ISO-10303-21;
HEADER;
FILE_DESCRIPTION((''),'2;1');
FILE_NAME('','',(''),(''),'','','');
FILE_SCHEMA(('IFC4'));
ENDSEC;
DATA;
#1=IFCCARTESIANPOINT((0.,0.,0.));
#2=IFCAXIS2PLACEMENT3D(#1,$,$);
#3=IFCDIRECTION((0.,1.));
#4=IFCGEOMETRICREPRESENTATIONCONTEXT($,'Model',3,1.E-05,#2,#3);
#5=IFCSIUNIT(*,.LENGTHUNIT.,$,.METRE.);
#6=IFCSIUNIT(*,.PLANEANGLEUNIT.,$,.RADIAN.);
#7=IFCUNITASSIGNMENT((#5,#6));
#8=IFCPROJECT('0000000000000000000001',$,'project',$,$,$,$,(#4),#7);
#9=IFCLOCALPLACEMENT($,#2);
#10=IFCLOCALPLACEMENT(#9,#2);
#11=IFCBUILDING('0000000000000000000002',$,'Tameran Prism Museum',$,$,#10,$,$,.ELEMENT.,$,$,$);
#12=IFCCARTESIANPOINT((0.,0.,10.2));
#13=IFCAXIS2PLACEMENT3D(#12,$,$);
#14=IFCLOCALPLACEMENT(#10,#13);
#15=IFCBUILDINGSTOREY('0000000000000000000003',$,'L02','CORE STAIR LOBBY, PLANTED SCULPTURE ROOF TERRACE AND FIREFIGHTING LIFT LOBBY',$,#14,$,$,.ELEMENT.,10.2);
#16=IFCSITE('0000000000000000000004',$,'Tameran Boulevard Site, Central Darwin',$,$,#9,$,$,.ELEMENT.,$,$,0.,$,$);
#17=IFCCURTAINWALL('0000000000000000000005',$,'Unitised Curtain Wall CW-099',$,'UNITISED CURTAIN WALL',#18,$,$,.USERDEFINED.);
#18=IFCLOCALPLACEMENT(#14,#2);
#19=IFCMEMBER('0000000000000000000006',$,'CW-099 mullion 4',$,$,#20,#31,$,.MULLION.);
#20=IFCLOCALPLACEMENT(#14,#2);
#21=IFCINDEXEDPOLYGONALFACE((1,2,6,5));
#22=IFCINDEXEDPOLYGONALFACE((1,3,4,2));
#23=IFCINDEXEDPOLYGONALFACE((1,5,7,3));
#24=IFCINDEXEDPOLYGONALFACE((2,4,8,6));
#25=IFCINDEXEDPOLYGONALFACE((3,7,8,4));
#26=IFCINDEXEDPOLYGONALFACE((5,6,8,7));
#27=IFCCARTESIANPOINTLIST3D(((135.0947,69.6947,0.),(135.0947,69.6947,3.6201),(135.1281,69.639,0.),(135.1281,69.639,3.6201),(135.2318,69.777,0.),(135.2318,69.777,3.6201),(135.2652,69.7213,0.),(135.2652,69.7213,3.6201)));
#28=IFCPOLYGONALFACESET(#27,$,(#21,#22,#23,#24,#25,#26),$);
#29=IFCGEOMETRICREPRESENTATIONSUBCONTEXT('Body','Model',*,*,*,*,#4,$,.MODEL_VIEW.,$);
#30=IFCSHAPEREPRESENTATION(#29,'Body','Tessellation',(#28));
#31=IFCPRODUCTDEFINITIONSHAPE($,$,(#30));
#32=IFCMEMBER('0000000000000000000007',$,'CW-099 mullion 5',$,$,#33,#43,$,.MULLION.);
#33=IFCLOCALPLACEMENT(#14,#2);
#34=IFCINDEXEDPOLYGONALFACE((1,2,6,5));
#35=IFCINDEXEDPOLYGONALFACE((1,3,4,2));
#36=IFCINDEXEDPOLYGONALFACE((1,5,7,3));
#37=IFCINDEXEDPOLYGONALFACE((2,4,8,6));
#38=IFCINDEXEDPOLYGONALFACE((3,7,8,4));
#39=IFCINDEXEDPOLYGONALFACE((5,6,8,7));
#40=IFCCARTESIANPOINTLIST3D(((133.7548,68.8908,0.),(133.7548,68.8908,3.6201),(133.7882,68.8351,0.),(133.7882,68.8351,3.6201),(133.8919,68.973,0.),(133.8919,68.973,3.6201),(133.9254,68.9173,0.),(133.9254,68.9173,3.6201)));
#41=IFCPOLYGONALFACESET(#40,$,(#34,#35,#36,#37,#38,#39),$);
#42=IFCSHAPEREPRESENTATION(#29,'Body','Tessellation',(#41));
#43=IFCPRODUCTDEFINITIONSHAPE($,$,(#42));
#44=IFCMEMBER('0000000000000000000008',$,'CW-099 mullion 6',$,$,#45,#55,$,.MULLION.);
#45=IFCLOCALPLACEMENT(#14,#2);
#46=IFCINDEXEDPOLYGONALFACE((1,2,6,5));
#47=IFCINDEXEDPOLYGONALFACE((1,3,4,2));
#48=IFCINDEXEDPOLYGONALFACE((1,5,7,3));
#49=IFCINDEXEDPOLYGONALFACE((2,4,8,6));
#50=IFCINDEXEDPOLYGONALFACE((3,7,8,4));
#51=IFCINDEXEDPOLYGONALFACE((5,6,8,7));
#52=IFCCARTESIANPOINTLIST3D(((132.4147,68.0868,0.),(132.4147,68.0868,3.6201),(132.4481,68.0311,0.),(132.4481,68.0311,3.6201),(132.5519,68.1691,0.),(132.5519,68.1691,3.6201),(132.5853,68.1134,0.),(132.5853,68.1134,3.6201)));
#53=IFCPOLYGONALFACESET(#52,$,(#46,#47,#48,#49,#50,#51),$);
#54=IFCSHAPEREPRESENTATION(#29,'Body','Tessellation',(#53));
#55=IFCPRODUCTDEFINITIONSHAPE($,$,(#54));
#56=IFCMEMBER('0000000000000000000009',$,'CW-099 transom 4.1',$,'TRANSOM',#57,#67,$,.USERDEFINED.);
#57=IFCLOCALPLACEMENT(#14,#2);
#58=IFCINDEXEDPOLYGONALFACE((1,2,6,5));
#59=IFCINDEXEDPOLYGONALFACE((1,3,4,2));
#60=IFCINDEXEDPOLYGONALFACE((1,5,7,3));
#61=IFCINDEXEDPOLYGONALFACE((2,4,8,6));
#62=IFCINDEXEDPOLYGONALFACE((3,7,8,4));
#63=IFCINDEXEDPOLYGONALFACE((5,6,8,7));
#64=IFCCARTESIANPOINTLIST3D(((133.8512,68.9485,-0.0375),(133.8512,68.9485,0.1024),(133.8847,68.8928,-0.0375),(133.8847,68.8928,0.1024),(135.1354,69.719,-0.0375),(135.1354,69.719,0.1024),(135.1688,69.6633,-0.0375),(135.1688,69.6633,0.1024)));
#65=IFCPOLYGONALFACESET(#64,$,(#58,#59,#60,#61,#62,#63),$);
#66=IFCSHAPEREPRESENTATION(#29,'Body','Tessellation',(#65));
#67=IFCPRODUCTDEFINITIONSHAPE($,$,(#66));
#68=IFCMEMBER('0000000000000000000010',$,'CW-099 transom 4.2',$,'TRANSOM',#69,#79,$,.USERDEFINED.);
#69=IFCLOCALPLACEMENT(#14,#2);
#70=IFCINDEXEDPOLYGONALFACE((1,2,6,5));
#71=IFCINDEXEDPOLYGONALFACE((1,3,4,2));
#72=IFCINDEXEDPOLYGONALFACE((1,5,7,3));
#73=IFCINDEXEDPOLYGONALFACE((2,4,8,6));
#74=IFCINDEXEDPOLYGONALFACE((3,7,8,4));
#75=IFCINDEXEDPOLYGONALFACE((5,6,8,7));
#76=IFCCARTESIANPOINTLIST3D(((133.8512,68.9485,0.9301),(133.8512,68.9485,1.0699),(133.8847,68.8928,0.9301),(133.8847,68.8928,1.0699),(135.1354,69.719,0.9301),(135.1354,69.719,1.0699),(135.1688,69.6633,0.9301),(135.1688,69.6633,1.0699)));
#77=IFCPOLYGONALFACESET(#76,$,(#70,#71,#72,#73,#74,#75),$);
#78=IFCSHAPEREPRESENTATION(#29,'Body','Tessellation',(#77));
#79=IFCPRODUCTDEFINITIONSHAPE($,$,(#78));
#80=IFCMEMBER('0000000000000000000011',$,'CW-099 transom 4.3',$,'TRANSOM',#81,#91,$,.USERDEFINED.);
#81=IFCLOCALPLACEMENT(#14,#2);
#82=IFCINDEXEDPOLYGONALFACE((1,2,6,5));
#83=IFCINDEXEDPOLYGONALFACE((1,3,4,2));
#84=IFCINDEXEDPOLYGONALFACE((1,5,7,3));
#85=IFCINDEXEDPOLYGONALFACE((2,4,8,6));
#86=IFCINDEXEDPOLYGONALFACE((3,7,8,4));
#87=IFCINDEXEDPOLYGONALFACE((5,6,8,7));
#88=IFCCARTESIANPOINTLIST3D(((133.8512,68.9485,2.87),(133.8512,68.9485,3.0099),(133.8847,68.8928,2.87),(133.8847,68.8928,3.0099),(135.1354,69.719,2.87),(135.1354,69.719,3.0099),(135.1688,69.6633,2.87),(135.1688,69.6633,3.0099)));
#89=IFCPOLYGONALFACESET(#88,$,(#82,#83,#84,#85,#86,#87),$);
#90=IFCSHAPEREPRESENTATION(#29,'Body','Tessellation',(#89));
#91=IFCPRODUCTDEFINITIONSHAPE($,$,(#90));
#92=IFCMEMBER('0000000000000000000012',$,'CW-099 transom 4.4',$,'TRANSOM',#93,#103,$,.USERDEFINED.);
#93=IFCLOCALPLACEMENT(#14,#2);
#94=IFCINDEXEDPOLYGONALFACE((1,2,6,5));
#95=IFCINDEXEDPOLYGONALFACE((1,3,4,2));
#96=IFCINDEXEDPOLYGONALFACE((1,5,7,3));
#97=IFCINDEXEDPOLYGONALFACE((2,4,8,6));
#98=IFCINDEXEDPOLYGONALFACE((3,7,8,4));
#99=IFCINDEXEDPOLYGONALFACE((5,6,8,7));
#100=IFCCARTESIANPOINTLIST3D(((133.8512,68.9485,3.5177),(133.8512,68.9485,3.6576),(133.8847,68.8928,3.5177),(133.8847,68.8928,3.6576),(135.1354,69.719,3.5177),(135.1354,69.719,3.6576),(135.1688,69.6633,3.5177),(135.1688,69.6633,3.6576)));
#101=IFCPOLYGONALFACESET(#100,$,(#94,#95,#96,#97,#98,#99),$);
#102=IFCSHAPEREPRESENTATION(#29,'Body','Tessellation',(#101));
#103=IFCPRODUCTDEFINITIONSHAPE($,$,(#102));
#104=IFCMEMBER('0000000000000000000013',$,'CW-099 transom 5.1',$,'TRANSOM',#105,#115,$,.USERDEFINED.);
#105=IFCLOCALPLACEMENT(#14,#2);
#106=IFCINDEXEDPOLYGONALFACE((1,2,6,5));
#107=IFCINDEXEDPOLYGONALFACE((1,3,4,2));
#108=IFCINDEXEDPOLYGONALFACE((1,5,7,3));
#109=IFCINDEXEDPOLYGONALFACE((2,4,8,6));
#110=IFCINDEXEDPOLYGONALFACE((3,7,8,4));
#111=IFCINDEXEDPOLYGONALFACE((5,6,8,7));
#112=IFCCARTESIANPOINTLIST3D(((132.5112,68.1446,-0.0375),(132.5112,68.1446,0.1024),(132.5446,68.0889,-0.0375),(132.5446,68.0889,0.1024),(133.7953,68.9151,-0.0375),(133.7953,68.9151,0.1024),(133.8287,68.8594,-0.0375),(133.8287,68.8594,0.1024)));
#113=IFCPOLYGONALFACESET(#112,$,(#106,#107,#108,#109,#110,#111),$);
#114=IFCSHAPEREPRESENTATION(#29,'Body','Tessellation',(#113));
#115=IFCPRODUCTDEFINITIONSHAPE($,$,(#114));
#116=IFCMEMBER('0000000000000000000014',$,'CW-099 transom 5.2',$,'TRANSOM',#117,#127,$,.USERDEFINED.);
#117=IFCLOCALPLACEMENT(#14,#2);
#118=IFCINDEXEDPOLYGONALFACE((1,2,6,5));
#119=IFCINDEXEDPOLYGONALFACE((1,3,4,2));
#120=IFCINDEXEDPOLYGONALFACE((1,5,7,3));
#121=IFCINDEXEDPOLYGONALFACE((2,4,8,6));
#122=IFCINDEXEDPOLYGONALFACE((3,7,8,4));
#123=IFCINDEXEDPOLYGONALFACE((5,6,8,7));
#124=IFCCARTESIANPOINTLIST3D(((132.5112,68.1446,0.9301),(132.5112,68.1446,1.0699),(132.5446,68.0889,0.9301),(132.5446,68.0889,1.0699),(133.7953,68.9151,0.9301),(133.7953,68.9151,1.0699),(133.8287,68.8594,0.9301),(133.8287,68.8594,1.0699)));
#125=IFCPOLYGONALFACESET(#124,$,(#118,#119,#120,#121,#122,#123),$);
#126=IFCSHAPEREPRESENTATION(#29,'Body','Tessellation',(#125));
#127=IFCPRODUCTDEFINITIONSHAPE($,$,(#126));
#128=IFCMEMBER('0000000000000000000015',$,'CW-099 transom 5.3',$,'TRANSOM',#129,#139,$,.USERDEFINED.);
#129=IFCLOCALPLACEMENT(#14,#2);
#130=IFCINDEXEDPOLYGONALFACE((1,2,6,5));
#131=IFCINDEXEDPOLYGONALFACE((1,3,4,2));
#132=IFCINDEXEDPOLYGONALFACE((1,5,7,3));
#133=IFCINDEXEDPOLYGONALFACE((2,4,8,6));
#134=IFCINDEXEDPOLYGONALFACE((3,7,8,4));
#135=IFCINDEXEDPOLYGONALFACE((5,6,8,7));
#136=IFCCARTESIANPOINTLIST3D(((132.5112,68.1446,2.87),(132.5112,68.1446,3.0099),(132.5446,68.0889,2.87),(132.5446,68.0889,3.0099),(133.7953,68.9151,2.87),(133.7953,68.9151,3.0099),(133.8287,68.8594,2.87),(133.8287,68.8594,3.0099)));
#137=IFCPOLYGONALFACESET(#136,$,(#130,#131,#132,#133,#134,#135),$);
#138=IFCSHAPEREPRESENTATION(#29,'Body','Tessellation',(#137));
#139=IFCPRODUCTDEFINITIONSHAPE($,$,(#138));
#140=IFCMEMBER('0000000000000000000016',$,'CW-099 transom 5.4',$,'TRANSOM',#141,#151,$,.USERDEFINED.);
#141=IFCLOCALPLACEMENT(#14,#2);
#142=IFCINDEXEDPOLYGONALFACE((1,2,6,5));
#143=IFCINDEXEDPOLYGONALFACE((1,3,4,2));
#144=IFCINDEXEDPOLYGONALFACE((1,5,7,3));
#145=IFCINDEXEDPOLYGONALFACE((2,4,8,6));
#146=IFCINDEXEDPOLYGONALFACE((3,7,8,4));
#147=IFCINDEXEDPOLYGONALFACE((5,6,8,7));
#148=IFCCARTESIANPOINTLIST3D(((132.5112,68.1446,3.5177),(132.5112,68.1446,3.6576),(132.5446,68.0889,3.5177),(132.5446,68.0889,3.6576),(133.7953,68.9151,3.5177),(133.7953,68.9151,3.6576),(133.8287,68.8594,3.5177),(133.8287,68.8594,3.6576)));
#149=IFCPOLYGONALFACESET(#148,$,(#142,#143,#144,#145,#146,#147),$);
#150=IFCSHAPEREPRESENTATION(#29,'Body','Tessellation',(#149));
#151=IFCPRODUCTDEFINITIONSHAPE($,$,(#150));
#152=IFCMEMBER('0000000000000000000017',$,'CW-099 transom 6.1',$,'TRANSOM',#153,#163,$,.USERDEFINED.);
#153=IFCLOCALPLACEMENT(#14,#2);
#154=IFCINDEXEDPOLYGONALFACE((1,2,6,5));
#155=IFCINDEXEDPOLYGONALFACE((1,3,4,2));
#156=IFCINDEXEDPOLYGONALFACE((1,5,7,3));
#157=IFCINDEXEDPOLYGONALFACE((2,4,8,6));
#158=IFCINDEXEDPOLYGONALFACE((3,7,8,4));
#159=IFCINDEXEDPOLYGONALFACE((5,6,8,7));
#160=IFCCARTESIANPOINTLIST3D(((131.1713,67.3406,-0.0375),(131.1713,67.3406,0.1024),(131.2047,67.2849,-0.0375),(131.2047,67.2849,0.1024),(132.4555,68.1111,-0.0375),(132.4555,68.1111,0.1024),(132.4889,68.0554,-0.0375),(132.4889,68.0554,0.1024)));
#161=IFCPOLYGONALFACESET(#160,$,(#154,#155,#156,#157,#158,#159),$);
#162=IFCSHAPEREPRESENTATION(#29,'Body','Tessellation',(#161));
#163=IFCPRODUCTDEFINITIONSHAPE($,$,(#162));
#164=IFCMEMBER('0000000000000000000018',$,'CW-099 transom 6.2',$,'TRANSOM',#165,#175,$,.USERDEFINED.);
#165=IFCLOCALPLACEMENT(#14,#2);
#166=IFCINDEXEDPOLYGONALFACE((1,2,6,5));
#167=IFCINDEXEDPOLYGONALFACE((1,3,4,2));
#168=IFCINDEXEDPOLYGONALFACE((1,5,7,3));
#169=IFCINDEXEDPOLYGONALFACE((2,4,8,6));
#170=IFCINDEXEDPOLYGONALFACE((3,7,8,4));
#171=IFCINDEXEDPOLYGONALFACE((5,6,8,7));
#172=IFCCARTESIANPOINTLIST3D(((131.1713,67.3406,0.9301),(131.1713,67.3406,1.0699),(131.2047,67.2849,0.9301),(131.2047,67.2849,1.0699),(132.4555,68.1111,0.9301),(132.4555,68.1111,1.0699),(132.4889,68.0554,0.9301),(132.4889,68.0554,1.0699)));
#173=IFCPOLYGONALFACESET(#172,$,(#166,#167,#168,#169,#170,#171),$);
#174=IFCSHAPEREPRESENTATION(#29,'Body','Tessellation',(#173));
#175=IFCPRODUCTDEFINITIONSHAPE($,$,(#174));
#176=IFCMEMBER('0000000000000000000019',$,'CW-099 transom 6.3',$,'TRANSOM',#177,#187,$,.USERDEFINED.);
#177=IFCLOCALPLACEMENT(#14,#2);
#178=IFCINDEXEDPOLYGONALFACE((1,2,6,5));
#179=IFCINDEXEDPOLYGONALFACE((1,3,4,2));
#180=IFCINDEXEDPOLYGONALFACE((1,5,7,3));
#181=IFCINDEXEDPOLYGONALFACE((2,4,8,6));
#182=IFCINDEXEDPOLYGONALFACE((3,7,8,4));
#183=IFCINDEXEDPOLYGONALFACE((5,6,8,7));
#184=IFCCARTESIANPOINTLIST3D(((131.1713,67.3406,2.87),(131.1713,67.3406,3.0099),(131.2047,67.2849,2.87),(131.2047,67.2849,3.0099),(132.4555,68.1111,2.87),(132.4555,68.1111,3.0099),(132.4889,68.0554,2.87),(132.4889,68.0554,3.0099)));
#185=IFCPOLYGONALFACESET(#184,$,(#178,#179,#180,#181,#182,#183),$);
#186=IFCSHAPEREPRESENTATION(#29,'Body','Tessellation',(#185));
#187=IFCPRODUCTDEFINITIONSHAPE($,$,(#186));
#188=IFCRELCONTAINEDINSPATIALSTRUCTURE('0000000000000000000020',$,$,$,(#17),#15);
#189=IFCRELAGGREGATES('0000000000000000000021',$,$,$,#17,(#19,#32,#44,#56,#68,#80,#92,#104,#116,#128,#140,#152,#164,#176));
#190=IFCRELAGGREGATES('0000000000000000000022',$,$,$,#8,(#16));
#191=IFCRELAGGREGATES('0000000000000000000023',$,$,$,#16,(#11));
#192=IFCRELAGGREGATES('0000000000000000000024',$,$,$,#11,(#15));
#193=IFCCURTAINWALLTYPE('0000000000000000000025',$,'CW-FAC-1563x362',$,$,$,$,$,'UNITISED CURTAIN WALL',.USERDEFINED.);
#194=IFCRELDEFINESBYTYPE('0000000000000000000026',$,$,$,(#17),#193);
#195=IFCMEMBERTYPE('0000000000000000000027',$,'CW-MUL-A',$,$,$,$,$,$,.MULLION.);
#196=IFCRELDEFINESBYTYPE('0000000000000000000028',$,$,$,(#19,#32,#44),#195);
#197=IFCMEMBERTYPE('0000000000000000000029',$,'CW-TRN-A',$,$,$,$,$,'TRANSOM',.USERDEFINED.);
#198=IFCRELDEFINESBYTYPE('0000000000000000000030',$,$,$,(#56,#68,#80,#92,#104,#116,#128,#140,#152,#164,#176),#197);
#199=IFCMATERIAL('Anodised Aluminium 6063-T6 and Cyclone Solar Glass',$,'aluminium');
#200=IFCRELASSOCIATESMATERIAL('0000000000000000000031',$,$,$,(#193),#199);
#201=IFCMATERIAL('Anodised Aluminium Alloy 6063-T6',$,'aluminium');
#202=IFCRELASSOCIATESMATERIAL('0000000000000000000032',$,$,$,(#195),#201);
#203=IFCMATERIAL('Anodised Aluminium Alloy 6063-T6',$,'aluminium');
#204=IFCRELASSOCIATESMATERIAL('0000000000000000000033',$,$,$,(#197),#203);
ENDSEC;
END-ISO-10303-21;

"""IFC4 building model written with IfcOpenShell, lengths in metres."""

from ifc_helpers import new_model, si_unit, direction, frame, origin, origin_2d, place, context, subcontext, project, spatial, rectangle, extrude, material, material_profile, profile_set, type_object, element, aggregate, save


model = new_model("IFC4")

# Units and contexts
model_context = context("Model", 3, precision=1e-05, world=origin(), true_north=direction((0.0, 1.0)))
body_context = subcontext(model_context, "Body", "Model", "MODEL_VIEW")
ifc_project = project(units=[si_unit("LENGTHUNIT", "METRE"), si_unit("PLANEANGLEUNIT", "RADIAN")], contexts=[model_context])

# Site, building, storey
site_placement = place(None, origin())
site = spatial("IfcSite", under=ifc_project, at=site_placement, Name="Tameran Boulevard Site, Central Darwin", CompositionType="ELEMENT", RefElevation=0.0)
building_placement = place(site_placement, origin())
building = spatial("IfcBuilding", under=site, at=building_placement, Name="Tameran Prism Museum", CompositionType="ELEMENT")
storey_placement = place(building_placement, frame((0.0, 0.0, 10.2)))
storey = spatial("IfcBuildingStorey", under=building, at=storey_placement, Name="L02", Description="CORE STAIR LOBBY, PLANTED SCULPTURE ROOF TERRACE AND FIREFIGHTING LIFT LOBBY", CompositionType="ELEMENT", Elevation=10.2)

# Curtain wall, members
ifc_material_1 = material(Name="Anodised Aluminium 6063-T6 and Cyclone Solar Glass", Category="aluminium")
curtain_wall_type = type_object("IfcCurtainWallType", Name="CW-FAC-1563x362", ElementType="UNITISED CURTAIN WALL", PredefinedType="USERDEFINED", material=ifc_material_1)
curtain_wall_placement = place(storey_placement, origin())
curtain_wall = element("IfcCurtainWall", 1, at=curtain_wall_placement, inside=storey, type_object=curtain_wall_type, Name="Unitised Curtain Wall CW-099", ObjectType="UNITISED CURTAIN WALL", PredefinedType="USERDEFINED")
ifc_material_2 = material(Name="Anodised Aluminium Alloy 6063-T6", Category="aluminium")
ifc_material_profile_1 = material_profile(ifc_material_2, rectangle(XDim=0.0649, YDim=0.1599, at=origin_2d()))
ifc_profile_set_1 = profile_set([ifc_material_profile_1])
member_type_1 = type_object("IfcMemberType", Name="CW-MUL-A", PredefinedType="MULLION", material=ifc_profile_set_1)
member_1_placement = place(storey_placement, frame((135.1799, 69.708, 0.0), z_axis=(0.0, 0.0, 1.0), x_axis=(0.514496, -0.857493, 0.0)))
member_1 = element("IfcMember", 2, at=member_1_placement, type_object=member_type_1, Name="CW-099 mullion 4", PredefinedType="MULLION", context=body_context, shape_type="SweptSolid", body=[
    extrude(rectangle(XDim=0.0649, YDim=0.1599, at=origin_2d()), origin(), (0.0, 0.0, 1.0), 3.6201),
])
member_2_placement = place(storey_placement, frame((133.8401, 68.9041, 0.0), z_axis=(0.0, 0.0, 1.0), x_axis=(0.514496, -0.857493, 0.0)))
member_2 = element("IfcMember", 3, at=member_2_placement, type_object=member_type_1, Name="CW-099 mullion 5", PredefinedType="MULLION", context=body_context, shape_type="SweptSolid", body=[
    extrude(rectangle(XDim=0.0649, YDim=0.1599, at=origin_2d()), origin(), (0.0, 0.0, 1.0), 3.6201),
])
member_3_placement = place(storey_placement, frame((132.5, 68.1001, 0.0), z_axis=(0.0, 0.0, 1.0), x_axis=(0.514496, -0.857493, 0.0)))
member_3 = element("IfcMember", 4, at=member_3_placement, type_object=member_type_1, Name="CW-099 mullion 6", PredefinedType="MULLION", context=body_context, shape_type="SweptSolid", body=[
    extrude(rectangle(XDim=0.0649, YDim=0.1599, at=origin_2d()), origin(), (0.0, 0.0, 1.0), 3.6201),
])
ifc_material_3 = material(Name="Anodised Aluminium Alloy 6063-T6", Category="aluminium")
ifc_material_profile_2 = material_profile(ifc_material_3, rectangle(XDim=0.0649, YDim=0.1399, at=origin_2d()))
ifc_profile_set_2 = profile_set([ifc_material_profile_2])
member_type_2 = type_object("IfcMemberType", Name="CW-TRN-A", ElementType="TRANSOM", PredefinedType="USERDEFINED", material=ifc_profile_set_2)
member_4_placement = place(storey_placement, frame((135.1521, 69.6912, 0.0325), z_axis=(-0.857493, -0.514496, 0.0), x_axis=(0.514496, -0.857493, 0.0)))
member_4 = element("IfcMember", 5, at=member_4_placement, type_object=member_type_2, Name="CW-099 transom 4.1", ObjectType="TRANSOM", PredefinedType="USERDEFINED", context=body_context, shape_type="SweptSolid", body=[
    extrude(rectangle(XDim=0.0649, YDim=0.1399, at=origin_2d()), origin(), (0.0, 0.0, 1.0), 1.4976),
])
member_5_placement = place(storey_placement, frame((135.1521, 69.6912, 1.0), z_axis=(-0.857493, -0.514496, 0.0), x_axis=(0.514496, -0.857493, 0.0)))
member_5 = element("IfcMember", 6, at=member_5_placement, type_object=member_type_2, Name="CW-099 transom 4.2", ObjectType="TRANSOM", PredefinedType="USERDEFINED", context=body_context, shape_type="SweptSolid", body=[
    extrude(rectangle(XDim=0.0649, YDim=0.1399, at=origin_2d()), origin(), (0.0, 0.0, 1.0), 1.4976),
])
member_6_placement = place(storey_placement, frame((135.1521, 69.6912, 2.9399), z_axis=(-0.857493, -0.514496, 0.0), x_axis=(0.514496, -0.857493, 0.0)))
member_6 = element("IfcMember", 7, at=member_6_placement, type_object=member_type_2, Name="CW-099 transom 4.3", ObjectType="TRANSOM", PredefinedType="USERDEFINED", context=body_context, shape_type="SweptSolid", body=[
    extrude(rectangle(XDim=0.0649, YDim=0.1399, at=origin_2d()), origin(), (0.0, 0.0, 1.0), 1.4976),
])
member_7_placement = place(storey_placement, frame((135.1521, 69.6912, 3.5876), z_axis=(-0.857493, -0.514496, 0.0), x_axis=(0.514496, -0.857493, 0.0)))
member_7 = element("IfcMember", 8, at=member_7_placement, type_object=member_type_2, Name="CW-099 transom 4.4", ObjectType="TRANSOM", PredefinedType="USERDEFINED", context=body_context, shape_type="SweptSolid", body=[
    extrude(rectangle(XDim=0.0649, YDim=0.1399, at=origin_2d()), origin(), (0.0, 0.0, 1.0), 1.4976),
])
member_8_placement = place(storey_placement, frame((133.812, 68.8872, 0.0325), z_axis=(-0.857493, -0.514496, 0.0), x_axis=(0.514496, -0.857493, 0.0)))
member_8 = element("IfcMember", 9, at=member_8_placement, type_object=member_type_2, Name="CW-099 transom 5.1", ObjectType="TRANSOM", PredefinedType="USERDEFINED", context=body_context, shape_type="SweptSolid", body=[
    extrude(rectangle(XDim=0.0649, YDim=0.1399, at=origin_2d()), origin(), (0.0, 0.0, 1.0), 1.4976),
])
member_9_placement = place(storey_placement, frame((133.812, 68.8872, 1.0), z_axis=(-0.857493, -0.514496, 0.0), x_axis=(0.514496, -0.857493, 0.0)))
member_9 = element("IfcMember", 10, at=member_9_placement, type_object=member_type_2, Name="CW-099 transom 5.2", ObjectType="TRANSOM", PredefinedType="USERDEFINED", context=body_context, shape_type="SweptSolid", body=[
    extrude(rectangle(XDim=0.0649, YDim=0.1399, at=origin_2d()), origin(), (0.0, 0.0, 1.0), 1.4976),
])
member_10_placement = place(storey_placement, frame((133.812, 68.8872, 2.9399), z_axis=(-0.857493, -0.514496, 0.0), x_axis=(0.514496, -0.857493, 0.0)))
member_10 = element("IfcMember", 11, at=member_10_placement, type_object=member_type_2, Name="CW-099 transom 5.3", ObjectType="TRANSOM", PredefinedType="USERDEFINED", context=body_context, shape_type="SweptSolid", body=[
    extrude(rectangle(XDim=0.0649, YDim=0.1399, at=origin_2d()), origin(), (0.0, 0.0, 1.0), 1.4976),
])
member_11_placement = place(storey_placement, frame((133.812, 68.8872, 3.5876), z_axis=(-0.857493, -0.514496, 0.0), x_axis=(0.514496, -0.857493, 0.0)))
member_11 = element("IfcMember", 12, at=member_11_placement, type_object=member_type_2, Name="CW-099 transom 5.4", ObjectType="TRANSOM", PredefinedType="USERDEFINED", context=body_context, shape_type="SweptSolid", body=[
    extrude(rectangle(XDim=0.0649, YDim=0.1399, at=origin_2d()), origin(), (0.0, 0.0, 1.0), 1.4976),
])
member_12_placement = place(storey_placement, frame((132.4722, 68.0833, 0.0325), z_axis=(-0.857493, -0.514496, 0.0), x_axis=(0.514496, -0.857493, 0.0)))
member_12 = element("IfcMember", 13, at=member_12_placement, type_object=member_type_2, Name="CW-099 transom 6.1", ObjectType="TRANSOM", PredefinedType="USERDEFINED", context=body_context, shape_type="SweptSolid", body=[
    extrude(rectangle(XDim=0.0649, YDim=0.1399, at=origin_2d()), origin(), (0.0, 0.0, 1.0), 1.4976),
])
member_13_placement = place(storey_placement, frame((132.4722, 68.0833, 1.0), z_axis=(-0.857493, -0.514496, 0.0), x_axis=(0.514496, -0.857493, 0.0)))
member_13 = element("IfcMember", 14, at=member_13_placement, type_object=member_type_2, Name="CW-099 transom 6.2", ObjectType="TRANSOM", PredefinedType="USERDEFINED", context=body_context, shape_type="SweptSolid", body=[
    extrude(rectangle(XDim=0.0649, YDim=0.1399, at=origin_2d()), origin(), (0.0, 0.0, 1.0), 1.4976),
])
member_14_placement = place(storey_placement, frame((132.4722, 68.0833, 2.9399), z_axis=(-0.857493, -0.514496, 0.0), x_axis=(0.514496, -0.857493, 0.0)))
member_14 = element("IfcMember", 15, at=member_14_placement, type_object=member_type_2, Name="CW-099 transom 6.3", ObjectType="TRANSOM", PredefinedType="USERDEFINED", context=body_context, shape_type="SweptSolid", body=[
    extrude(rectangle(XDim=0.0649, YDim=0.1399, at=origin_2d()), origin(), (0.0, 0.0, 1.0), 1.4976),
])
aggregate(curtain_wall, [member_1, member_2, member_3, member_4, member_5, member_6, member_7, member_8, member_9, member_10, member_11, member_12, member_13, member_14])

save(model, "model.ifc")
